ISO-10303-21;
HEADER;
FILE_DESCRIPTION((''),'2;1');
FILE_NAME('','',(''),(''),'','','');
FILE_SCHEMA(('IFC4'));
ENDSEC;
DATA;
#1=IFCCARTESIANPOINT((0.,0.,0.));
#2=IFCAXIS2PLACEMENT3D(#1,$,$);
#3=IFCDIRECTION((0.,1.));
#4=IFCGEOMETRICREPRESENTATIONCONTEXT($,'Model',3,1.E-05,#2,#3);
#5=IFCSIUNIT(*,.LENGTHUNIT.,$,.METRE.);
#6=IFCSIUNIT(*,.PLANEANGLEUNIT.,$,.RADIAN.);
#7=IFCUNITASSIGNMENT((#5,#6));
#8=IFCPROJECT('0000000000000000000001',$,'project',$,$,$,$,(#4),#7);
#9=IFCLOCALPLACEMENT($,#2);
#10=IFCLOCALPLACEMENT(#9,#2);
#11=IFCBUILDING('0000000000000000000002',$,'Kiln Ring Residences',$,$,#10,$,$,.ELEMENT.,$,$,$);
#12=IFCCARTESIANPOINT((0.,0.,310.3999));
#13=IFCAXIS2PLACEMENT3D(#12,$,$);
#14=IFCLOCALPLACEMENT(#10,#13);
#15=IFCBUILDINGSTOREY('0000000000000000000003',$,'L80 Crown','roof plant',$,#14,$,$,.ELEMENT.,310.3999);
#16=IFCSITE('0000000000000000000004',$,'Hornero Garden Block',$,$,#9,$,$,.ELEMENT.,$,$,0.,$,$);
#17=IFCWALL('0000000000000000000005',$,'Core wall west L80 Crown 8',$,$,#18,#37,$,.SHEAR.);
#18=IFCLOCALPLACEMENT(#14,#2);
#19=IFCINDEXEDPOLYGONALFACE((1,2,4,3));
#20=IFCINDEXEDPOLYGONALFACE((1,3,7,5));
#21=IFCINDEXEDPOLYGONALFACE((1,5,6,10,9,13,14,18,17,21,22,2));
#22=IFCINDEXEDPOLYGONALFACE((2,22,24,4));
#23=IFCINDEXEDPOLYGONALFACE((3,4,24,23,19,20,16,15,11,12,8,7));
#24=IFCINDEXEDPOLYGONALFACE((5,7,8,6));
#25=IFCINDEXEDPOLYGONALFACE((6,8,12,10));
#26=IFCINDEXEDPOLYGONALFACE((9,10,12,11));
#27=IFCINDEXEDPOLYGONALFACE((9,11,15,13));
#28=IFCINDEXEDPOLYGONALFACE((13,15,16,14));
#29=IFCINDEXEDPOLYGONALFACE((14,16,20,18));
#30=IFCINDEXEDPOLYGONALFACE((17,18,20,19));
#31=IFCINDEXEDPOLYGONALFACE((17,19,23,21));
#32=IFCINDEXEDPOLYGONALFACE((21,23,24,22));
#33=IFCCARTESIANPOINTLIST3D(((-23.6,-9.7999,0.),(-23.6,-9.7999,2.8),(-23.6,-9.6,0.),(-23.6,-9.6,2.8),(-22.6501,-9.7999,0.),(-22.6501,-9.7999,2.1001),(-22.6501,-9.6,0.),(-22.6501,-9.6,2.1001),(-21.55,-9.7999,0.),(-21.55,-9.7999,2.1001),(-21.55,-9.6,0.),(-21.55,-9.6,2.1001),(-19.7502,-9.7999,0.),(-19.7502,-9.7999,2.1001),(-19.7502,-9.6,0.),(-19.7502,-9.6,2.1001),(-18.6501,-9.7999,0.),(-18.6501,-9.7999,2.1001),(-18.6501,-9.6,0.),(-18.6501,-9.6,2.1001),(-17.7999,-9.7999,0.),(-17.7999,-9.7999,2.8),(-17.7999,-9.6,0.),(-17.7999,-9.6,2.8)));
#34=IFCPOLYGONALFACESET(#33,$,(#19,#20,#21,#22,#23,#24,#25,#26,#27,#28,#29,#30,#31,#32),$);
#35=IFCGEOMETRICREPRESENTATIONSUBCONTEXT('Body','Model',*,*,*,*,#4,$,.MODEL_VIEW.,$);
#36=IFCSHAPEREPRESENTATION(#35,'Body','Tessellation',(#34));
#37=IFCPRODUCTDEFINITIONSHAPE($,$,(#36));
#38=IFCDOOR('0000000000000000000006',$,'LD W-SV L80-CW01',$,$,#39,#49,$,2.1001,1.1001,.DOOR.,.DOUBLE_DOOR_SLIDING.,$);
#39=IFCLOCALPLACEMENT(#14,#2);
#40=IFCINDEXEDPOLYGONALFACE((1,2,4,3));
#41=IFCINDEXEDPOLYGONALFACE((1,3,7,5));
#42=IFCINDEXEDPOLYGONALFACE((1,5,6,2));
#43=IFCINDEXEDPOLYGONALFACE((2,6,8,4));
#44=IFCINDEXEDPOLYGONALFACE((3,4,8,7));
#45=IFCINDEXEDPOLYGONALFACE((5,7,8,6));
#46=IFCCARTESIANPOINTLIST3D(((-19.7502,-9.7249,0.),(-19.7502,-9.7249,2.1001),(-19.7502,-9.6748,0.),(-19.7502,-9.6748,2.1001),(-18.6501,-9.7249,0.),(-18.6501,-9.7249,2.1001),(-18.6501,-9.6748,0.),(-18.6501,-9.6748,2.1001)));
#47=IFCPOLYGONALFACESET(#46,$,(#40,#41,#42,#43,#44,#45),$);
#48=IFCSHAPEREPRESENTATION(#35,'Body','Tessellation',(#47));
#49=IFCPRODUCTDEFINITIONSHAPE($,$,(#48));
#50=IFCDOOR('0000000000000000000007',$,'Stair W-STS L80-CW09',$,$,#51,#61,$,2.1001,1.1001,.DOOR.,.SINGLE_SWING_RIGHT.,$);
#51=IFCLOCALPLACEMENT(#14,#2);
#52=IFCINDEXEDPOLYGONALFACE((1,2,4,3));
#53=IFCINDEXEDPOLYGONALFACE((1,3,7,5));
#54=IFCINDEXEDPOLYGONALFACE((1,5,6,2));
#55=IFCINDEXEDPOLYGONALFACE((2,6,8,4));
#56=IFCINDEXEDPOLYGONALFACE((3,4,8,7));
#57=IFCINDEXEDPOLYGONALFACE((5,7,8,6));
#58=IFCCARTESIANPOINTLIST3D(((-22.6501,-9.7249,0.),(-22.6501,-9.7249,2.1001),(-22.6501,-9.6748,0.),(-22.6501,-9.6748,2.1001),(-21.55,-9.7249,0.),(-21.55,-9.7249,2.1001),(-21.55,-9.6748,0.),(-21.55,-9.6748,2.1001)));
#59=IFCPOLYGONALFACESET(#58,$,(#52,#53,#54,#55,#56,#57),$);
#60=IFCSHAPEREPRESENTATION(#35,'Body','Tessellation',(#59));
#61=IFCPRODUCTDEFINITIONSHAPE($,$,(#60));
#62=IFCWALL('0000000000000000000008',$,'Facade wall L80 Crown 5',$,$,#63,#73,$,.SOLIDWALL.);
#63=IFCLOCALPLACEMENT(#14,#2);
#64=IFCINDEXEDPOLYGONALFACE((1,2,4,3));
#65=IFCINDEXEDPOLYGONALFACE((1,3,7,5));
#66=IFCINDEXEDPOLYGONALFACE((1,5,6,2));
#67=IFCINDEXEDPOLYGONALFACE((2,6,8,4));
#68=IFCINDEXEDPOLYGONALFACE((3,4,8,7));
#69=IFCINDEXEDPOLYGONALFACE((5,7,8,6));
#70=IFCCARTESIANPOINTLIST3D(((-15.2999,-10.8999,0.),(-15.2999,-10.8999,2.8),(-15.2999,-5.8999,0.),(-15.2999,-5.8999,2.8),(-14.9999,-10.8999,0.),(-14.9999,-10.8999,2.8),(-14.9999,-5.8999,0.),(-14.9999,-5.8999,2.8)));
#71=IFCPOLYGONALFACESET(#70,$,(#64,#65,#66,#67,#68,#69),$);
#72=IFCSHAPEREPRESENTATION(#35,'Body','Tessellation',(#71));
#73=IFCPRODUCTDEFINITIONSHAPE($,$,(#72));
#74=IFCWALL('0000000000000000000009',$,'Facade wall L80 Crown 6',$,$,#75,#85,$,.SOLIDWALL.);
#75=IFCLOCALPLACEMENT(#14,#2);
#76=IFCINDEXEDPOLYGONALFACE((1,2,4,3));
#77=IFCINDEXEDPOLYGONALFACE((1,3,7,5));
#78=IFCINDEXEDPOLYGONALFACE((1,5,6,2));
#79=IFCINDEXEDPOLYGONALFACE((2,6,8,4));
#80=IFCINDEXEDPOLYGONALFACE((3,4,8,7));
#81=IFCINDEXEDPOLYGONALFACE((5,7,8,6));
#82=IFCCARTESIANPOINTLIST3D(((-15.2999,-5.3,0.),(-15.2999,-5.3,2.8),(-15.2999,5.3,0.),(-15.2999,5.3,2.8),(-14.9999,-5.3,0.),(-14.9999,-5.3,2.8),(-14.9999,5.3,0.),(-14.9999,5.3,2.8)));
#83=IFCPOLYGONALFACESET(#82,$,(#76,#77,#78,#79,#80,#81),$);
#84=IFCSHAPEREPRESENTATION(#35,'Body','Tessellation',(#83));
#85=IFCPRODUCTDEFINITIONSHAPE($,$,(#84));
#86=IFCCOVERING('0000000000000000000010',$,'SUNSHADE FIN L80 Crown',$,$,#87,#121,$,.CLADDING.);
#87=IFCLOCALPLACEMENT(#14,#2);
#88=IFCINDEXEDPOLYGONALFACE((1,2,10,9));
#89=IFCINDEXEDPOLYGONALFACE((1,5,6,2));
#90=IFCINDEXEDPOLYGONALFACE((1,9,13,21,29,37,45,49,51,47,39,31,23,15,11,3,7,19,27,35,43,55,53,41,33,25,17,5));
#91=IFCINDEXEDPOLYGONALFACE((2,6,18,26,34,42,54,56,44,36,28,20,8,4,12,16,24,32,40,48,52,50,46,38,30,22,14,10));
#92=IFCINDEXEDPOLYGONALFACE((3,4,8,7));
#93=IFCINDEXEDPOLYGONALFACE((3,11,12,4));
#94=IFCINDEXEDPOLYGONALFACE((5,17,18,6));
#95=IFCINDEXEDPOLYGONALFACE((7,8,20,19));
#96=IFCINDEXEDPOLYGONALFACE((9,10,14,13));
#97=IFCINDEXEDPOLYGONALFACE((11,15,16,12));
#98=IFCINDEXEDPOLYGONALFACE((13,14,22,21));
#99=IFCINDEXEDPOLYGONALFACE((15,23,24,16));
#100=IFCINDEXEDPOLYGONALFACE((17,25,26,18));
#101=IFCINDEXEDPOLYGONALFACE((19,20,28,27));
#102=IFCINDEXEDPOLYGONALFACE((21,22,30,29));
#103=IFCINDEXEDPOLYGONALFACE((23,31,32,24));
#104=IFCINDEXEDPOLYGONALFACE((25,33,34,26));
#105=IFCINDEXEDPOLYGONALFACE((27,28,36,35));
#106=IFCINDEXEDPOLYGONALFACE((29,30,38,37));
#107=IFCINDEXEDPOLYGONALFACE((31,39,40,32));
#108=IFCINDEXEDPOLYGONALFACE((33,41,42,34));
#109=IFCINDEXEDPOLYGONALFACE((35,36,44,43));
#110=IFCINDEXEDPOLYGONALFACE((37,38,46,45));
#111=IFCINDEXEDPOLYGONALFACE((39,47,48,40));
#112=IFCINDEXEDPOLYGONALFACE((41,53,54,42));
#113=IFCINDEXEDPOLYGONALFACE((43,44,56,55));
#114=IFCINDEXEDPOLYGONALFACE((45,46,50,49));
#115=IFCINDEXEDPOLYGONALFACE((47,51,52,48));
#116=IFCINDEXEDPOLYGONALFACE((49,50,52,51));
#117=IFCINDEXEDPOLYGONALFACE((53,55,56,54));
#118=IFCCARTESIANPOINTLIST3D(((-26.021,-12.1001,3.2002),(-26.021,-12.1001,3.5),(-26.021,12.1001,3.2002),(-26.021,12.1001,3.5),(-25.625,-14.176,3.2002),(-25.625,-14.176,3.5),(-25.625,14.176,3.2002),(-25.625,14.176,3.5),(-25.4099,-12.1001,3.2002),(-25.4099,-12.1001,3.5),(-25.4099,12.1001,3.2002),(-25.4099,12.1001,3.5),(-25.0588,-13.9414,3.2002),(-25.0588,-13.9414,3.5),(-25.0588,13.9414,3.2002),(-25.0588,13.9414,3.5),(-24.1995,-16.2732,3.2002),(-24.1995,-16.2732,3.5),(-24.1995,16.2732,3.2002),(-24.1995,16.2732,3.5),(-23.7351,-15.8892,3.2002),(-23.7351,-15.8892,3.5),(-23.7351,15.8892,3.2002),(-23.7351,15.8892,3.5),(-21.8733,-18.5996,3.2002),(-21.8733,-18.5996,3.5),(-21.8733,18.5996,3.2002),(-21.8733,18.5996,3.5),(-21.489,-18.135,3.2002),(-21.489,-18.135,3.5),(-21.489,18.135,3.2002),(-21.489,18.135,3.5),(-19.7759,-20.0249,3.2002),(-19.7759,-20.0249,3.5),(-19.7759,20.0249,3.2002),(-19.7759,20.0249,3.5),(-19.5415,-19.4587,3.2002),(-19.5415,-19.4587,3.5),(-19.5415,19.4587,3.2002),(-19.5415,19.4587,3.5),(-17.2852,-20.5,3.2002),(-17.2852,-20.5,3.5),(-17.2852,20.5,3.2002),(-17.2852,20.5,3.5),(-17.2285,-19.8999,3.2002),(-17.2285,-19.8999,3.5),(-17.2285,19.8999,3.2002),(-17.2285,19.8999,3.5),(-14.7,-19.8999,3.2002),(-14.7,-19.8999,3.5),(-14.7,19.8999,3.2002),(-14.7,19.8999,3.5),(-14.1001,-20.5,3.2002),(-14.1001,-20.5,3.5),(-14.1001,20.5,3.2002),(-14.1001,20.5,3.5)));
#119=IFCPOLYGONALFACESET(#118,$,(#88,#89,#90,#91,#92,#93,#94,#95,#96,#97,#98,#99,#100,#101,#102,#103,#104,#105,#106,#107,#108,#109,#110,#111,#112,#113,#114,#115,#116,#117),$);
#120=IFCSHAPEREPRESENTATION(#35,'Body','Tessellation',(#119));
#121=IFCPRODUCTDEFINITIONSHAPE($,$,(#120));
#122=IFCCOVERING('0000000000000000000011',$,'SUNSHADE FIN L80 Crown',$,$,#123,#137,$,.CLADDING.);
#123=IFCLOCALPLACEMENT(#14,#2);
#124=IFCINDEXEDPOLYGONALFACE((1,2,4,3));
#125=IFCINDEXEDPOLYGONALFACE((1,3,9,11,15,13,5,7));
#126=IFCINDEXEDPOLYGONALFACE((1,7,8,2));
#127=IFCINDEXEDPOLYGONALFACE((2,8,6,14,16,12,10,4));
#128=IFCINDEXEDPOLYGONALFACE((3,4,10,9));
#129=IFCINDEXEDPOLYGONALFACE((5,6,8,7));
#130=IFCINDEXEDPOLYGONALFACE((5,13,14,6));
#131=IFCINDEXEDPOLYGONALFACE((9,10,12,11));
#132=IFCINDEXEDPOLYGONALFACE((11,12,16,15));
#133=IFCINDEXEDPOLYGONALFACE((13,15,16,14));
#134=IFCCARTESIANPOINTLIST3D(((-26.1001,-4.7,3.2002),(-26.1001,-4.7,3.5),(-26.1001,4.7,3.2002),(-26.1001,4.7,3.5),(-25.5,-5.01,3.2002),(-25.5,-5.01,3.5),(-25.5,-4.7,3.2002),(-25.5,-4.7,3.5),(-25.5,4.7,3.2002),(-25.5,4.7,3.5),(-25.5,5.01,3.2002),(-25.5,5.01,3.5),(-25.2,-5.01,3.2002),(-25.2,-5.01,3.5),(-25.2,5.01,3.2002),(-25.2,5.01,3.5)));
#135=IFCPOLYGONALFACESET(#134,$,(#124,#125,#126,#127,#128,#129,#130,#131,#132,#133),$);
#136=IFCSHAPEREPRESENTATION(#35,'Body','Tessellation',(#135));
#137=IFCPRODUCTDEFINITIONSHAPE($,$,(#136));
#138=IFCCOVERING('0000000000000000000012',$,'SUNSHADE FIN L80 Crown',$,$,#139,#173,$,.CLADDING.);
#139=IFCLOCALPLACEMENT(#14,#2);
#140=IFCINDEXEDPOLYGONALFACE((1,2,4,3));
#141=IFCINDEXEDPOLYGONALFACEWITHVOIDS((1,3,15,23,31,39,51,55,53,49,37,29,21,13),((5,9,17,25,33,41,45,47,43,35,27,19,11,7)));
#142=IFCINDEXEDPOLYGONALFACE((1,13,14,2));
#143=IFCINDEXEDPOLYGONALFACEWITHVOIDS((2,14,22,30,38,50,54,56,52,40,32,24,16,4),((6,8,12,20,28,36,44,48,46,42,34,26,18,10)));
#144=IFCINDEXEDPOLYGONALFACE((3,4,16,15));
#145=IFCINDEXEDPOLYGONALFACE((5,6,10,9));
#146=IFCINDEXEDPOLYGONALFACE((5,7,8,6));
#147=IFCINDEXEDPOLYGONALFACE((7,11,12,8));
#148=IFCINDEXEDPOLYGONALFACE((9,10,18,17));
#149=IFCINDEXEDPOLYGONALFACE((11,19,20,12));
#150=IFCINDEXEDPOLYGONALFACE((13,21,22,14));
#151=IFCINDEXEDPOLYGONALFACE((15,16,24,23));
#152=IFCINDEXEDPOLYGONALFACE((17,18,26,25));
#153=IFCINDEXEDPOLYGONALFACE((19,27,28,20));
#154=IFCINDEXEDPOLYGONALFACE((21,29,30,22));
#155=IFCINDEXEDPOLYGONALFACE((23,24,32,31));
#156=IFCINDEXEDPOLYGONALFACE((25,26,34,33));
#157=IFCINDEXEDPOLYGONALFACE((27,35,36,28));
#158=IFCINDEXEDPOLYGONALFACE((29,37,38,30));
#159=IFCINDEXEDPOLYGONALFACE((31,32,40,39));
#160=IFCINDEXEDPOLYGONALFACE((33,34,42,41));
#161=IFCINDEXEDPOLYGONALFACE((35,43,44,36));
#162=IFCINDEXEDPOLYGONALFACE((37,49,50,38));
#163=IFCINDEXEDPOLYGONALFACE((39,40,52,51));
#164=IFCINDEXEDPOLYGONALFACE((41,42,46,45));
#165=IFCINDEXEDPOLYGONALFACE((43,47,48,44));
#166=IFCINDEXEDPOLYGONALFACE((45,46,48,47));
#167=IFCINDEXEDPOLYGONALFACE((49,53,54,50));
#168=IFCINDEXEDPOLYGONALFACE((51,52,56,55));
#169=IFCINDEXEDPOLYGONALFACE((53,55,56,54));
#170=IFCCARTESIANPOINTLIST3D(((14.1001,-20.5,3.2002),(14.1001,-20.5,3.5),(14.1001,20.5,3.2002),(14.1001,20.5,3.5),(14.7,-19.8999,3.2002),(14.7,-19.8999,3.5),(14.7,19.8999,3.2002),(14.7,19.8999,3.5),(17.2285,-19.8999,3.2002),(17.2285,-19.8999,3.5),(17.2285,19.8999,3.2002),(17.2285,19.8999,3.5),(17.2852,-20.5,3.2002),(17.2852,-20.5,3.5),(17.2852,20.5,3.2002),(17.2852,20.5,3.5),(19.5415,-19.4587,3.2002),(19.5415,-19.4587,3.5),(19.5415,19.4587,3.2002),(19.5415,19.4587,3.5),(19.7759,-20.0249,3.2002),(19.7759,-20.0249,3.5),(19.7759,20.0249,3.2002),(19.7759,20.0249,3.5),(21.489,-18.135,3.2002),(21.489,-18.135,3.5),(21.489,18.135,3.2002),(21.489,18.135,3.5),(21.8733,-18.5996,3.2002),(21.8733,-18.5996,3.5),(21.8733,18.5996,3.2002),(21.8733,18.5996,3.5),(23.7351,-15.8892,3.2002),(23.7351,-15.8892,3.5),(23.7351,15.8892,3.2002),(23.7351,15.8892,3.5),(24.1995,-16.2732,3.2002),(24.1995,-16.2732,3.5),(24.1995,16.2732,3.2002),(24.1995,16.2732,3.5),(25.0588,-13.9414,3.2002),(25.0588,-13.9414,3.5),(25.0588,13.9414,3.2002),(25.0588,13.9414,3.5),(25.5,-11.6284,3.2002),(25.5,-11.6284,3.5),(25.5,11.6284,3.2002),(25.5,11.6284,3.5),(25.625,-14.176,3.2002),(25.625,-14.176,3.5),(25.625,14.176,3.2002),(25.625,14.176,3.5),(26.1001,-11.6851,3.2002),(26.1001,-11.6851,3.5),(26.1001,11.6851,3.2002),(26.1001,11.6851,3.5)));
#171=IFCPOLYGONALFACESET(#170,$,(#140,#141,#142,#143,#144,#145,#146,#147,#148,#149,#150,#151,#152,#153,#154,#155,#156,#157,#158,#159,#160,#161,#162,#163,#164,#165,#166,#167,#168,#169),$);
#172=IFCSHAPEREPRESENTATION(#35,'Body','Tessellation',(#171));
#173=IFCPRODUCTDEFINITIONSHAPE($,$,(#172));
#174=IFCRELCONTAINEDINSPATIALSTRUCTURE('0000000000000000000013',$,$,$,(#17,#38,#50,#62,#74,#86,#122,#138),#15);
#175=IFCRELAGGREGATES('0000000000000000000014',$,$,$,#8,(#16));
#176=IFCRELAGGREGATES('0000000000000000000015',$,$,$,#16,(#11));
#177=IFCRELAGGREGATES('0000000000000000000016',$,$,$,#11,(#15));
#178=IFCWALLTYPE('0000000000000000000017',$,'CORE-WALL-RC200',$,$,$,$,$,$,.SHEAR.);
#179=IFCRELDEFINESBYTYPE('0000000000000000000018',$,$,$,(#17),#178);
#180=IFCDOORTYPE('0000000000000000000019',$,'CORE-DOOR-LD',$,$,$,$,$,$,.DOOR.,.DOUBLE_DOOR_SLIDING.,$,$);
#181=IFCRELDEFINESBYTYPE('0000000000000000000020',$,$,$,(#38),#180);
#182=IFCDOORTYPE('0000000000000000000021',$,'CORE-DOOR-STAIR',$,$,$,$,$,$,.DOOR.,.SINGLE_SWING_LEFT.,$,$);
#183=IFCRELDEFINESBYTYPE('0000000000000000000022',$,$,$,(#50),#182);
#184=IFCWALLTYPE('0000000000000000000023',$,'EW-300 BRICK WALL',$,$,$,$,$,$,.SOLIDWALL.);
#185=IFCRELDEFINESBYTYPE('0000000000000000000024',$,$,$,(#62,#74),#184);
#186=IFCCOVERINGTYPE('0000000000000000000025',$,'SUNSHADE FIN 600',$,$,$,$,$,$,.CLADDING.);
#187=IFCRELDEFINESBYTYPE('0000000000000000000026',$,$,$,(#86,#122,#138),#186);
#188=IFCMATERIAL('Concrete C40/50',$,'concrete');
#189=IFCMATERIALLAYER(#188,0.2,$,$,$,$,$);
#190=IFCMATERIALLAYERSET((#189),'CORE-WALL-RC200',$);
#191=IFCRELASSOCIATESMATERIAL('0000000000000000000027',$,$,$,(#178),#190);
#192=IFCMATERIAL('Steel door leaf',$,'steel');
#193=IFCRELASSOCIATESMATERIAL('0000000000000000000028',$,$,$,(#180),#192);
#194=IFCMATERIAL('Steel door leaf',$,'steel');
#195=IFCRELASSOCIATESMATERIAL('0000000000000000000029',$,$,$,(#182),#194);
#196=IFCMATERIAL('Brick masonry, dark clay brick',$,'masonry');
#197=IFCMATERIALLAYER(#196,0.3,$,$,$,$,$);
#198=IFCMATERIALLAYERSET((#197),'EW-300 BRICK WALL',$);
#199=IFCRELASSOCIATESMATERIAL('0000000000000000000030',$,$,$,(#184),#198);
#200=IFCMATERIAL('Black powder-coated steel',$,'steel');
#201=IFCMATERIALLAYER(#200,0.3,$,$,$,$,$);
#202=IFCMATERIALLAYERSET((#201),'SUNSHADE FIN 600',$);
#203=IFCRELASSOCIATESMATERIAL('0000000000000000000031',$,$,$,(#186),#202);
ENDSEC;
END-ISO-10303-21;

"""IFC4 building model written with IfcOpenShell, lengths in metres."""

from ifc_helpers import new_model, si_unit, direction, frame, frame_2d, origin, place, context, subcontext, project, spatial, polyline, rectangle, outline, extrude, material, layer, layer_set, type_object, element, fill, save


model = new_model("IFC4")

# Units and contexts
model_context = context("Model", 3, precision=1e-05, world=origin(), true_north=direction((0.0, 1.0)))
body_context = subcontext(model_context, "Body", "Model", "MODEL_VIEW")
ifc_project = project(units=[si_unit("LENGTHUNIT", "METRE"), si_unit("PLANEANGLEUNIT", "RADIAN")], contexts=[model_context])

# Site, building, storey
site_placement = place(None, origin())
site = spatial("IfcSite", under=ifc_project, at=site_placement, Name="Hornero Garden Block", CompositionType="ELEMENT", RefElevation=0.0)
building_placement = place(site_placement, origin())
building = spatial("IfcBuilding", under=site, at=building_placement, Name="Kiln Ring Residences", CompositionType="ELEMENT")
storey_placement = place(building_placement, frame((0.0, 0.0, 310.3999)))
storey = spatial("IfcBuildingStorey", under=building, at=storey_placement, Name="L80 Crown", Description="roof plant", CompositionType="ELEMENT", Elevation=310.3999)

# Wall, openings, doors
ifc_material_1 = material(Name="Concrete C40/50", Category="concrete")
ifc_layer_1 = layer(ifc_material_1, 0.2)
ifc_layer_set_1 = layer_set([ifc_layer_1], Name="CORE-WALL-RC200")
wall_type_1 = type_object("IfcWallType", Name="CORE-WALL-RC200", PredefinedType="SHEAR", material=ifc_layer_set_1)
wall_1_placement = place(storey_placement, frame((-17.8, -9.7, 0.0), z_axis=(0.0, 0.0, 1.0), x_axis=(-1.0, 0.0, 0.0)))
wall_1 = element("IfcWall", 1, at=wall_1_placement, inside=storey, type_object=wall_type_1, Name="Core wall west L80 Crown 8", PredefinedType="SHEAR", context=body_context, shape_type="SweptSolid", body=[
    extrude(rectangle(XDim=5.8, YDim=0.2, at=frame_2d((2.8999, 0.0))), origin(), (0.0, 0.0, 1.0), 2.8),
])
opening_1_placement = place(wall_1_placement, frame((0.8501, 0.0, 0.0)))
opening_1 = element("IfcOpeningElement", 2, at=opening_1_placement, cuts=wall_1, PredefinedType="OPENING", context=body_context, shape_type="SweptSolid", body=[
    extrude(rectangle(XDim=1.1001, YDim=2.1001, at=frame_2d((0.55, 1.05))), frame((0.0, 0.1099, 0.0), z_axis=(0.0, -1.0, 0.0), x_axis=(1.0, 0.0, 0.0)), (0.0, 0.0, 1.0), 0.22),
])
opening_2_placement = place(wall_1_placement, frame((3.75, 0.0, 0.0)))
opening_2 = element("IfcOpeningElement", 3, at=opening_2_placement, cuts=wall_1, PredefinedType="OPENING", context=body_context, shape_type="SweptSolid", body=[
    extrude(rectangle(XDim=1.1001, YDim=2.1001, at=frame_2d((0.55, 1.05))), frame((0.0, 0.1099, 0.0), z_axis=(0.0, -1.0, 0.0), x_axis=(1.0, 0.0, 0.0)), (0.0, 0.0, 1.0), 0.22),
])
ifc_material_2 = material(Name="Steel door leaf", Category="steel")
door_type_1 = type_object("IfcDoorType", Name="CORE-DOOR-LD", OperationType="DOUBLE_DOOR_SLIDING", PredefinedType="DOOR", material=ifc_material_2)
door_1_placement = place(opening_1_placement, origin())
door_1 = element("IfcDoor", 4, at=door_1_placement, inside=storey, type_object=door_type_1, Name="LD W-SV L80-CW01", OperationType="DOUBLE_DOOR_SLIDING", OverallHeight=2.1001, OverallWidth=1.1001, PredefinedType="DOOR", context=body_context, shape_type="SweptSolid", body=[
    extrude(rectangle(XDim=1.1001, YDim=2.1001, at=frame_2d((0.55, 1.05))), frame((0.0, 0.0249, 0.0), z_axis=(0.0, -1.0, 0.0), x_axis=(1.0, 0.0, 0.0)), (0.0, 0.0, 1.0), 0.05),
])
fill(opening_1, door_1)
ifc_material_3 = material(Name="Steel door leaf", Category="steel")
door_type_2 = type_object("IfcDoorType", Name="CORE-DOOR-STAIR", OperationType="SINGLE_SWING_LEFT", PredefinedType="DOOR", material=ifc_material_3)
door_2_placement = place(opening_2_placement, origin())
door_2 = element("IfcDoor", 5, at=door_2_placement, inside=storey, type_object=door_type_2, Name="Stair W-STS L80-CW09", OperationType="SINGLE_SWING_RIGHT", OverallHeight=2.1001, OverallWidth=1.1001, PredefinedType="DOOR", context=body_context, shape_type="SweptSolid", body=[
    extrude(rectangle(XDim=1.1001, YDim=2.1001, at=frame_2d((0.55, 1.05))), frame((0.0, 0.0249, 0.0), z_axis=(0.0, -1.0, 0.0), x_axis=(1.0, 0.0, 0.0)), (0.0, 0.0, 1.0), 0.05),
])
fill(opening_2, door_2)

# Walls
ifc_material_4 = material(Name="Brick masonry, dark clay brick", Category="masonry")
ifc_layer_2 = layer(ifc_material_4, 0.3)
ifc_layer_set_2 = layer_set([ifc_layer_2], Name="EW-300 BRICK WALL")
wall_type_2 = type_object("IfcWallType", Name="EW-300 BRICK WALL", PredefinedType="SOLIDWALL", material=ifc_layer_set_2)
wall_2_placement = place(storey_placement, frame((-15.1499, -10.8999, 0.0), z_axis=(0.0, 0.0, 1.0), x_axis=(0.0, 1.0, 0.0)))
element("IfcWall", 6, at=wall_2_placement, inside=storey, type_object=wall_type_2, Name="Facade wall L80 Crown 5", PredefinedType="SOLIDWALL", context=body_context, shape_type="SweptSolid", body=[
    extrude(rectangle(XDim=5.0, YDim=0.3, at=frame_2d((2.5, 0.0))), origin(), (0.0, 0.0, 1.0), 2.8),
])
wall_3_placement = place(storey_placement, frame((-15.1499, -5.3, 0.0), z_axis=(0.0, 0.0, 1.0), x_axis=(0.0, 1.0, 0.0)))
element("IfcWall", 7, at=wall_3_placement, inside=storey, type_object=wall_type_2, Name="Facade wall L80 Crown 6", PredefinedType="SOLIDWALL", context=body_context, shape_type="SweptSolid", body=[
    extrude(rectangle(XDim=10.6001, YDim=0.3, at=frame_2d((5.3, 0.0))), origin(), (0.0, 0.0, 1.0), 2.8),
])

# Coverings
ifc_material_5 = material(Name="Black powder-coated steel", Category="steel")
ifc_layer_3 = layer(ifc_material_5, 0.3)
ifc_layer_set_3 = layer_set([ifc_layer_3], Name="SUNSHADE FIN 600")
covering_type = type_object("IfcCoveringType", Name="SUNSHADE FIN 600", PredefinedType="CLADDING", material=ifc_layer_set_3)
placement_1 = place(storey_placement, frame((0.0, 0.0, 3.2002)))
element("IfcCovering", 8, at=placement_1, inside=storey, type_object=covering_type, Name="SUNSHADE FIN L80 Crown", PredefinedType="CLADDING", context=body_context, shape_type="SweptSolid", body=[
    extrude(outline(polyline([(-25.625, -14.176), (-24.1995, -16.2732), (-21.8733, -18.5996), (-19.7759, -20.0249), (-17.2852, -20.5), (-14.1001, -20.5), (-14.1001, 20.5), (-17.2852, 20.5), (-19.7759, 20.0249), (-21.8733, 18.5996), (-24.1995, 16.2732), (-25.625, 14.176), (-26.021, 12.1001), (-25.4099, 12.1001), (-25.0588, 13.9414), (-23.7351, 15.8892), (-21.489, 18.135), (-19.5415, 19.4587), (-17.2285, 19.8999), (-14.7, 19.8999), (-14.7, -19.8999), (-17.2285, -19.8999), (-19.5415, -19.4587), (-21.489, -18.135), (-23.7351, -15.8892), (-25.0588, -13.9414), (-25.4099, -12.1001), (-26.021, -12.1001), (-25.625, -14.176)])), origin(), (0.0, 0.0, 1.0), 0.2998),
])
element("IfcCovering", 9, at=placement_1, inside=storey, type_object=covering_type, Name="SUNSHADE FIN L80 Crown", PredefinedType="CLADDING", context=body_context, shape_type="SweptSolid", body=[
    extrude(outline(polyline([(-26.1001, -4.7), (-25.5, -4.7), (-25.5, -5.01), (-25.2, -5.01), (-25.2, 5.01), (-25.5, 5.01), (-25.5, 4.7), (-26.1001, 4.7), (-26.1001, -4.7)])), origin(), (0.0, 0.0, 1.0), 0.2998),
])
element("IfcCovering", 10, at=placement_1, inside=storey, type_object=covering_type, Name="SUNSHADE FIN L80 Crown", PredefinedType="CLADDING", context=body_context, shape_type="SweptSolid", body=[
    extrude(outline(polyline([(19.7759, 20.0249), (17.2852, 20.5), (14.1001, 20.5), (14.1001, -20.5), (17.2852, -20.5), (19.7759, -20.0249), (21.8733, -18.5996), (24.1995, -16.2732), (25.625, -14.176), (26.1001, -11.6851), (26.1001, 11.6851), (25.625, 14.176), (24.1995, 16.2732), (21.8733, 18.5996), (19.7759, 20.0249)]), holes=[polyline([(17.2285, -19.8999), (14.7, -19.8999), (14.7, 19.8999), (17.2285, 19.8999), (19.5415, 19.4587), (21.489, 18.135), (23.7351, 15.8892), (25.0588, 13.9414), (25.5, 11.6284), (25.5, -11.6284), (25.0588, -13.9414), (23.7351, -15.8892), (21.489, -18.135), (19.5415, -19.4587), (17.2285, -19.8999)])]), origin(), (0.0, 0.0, 1.0), 0.2998),
])

save(model, "model.ifc")
